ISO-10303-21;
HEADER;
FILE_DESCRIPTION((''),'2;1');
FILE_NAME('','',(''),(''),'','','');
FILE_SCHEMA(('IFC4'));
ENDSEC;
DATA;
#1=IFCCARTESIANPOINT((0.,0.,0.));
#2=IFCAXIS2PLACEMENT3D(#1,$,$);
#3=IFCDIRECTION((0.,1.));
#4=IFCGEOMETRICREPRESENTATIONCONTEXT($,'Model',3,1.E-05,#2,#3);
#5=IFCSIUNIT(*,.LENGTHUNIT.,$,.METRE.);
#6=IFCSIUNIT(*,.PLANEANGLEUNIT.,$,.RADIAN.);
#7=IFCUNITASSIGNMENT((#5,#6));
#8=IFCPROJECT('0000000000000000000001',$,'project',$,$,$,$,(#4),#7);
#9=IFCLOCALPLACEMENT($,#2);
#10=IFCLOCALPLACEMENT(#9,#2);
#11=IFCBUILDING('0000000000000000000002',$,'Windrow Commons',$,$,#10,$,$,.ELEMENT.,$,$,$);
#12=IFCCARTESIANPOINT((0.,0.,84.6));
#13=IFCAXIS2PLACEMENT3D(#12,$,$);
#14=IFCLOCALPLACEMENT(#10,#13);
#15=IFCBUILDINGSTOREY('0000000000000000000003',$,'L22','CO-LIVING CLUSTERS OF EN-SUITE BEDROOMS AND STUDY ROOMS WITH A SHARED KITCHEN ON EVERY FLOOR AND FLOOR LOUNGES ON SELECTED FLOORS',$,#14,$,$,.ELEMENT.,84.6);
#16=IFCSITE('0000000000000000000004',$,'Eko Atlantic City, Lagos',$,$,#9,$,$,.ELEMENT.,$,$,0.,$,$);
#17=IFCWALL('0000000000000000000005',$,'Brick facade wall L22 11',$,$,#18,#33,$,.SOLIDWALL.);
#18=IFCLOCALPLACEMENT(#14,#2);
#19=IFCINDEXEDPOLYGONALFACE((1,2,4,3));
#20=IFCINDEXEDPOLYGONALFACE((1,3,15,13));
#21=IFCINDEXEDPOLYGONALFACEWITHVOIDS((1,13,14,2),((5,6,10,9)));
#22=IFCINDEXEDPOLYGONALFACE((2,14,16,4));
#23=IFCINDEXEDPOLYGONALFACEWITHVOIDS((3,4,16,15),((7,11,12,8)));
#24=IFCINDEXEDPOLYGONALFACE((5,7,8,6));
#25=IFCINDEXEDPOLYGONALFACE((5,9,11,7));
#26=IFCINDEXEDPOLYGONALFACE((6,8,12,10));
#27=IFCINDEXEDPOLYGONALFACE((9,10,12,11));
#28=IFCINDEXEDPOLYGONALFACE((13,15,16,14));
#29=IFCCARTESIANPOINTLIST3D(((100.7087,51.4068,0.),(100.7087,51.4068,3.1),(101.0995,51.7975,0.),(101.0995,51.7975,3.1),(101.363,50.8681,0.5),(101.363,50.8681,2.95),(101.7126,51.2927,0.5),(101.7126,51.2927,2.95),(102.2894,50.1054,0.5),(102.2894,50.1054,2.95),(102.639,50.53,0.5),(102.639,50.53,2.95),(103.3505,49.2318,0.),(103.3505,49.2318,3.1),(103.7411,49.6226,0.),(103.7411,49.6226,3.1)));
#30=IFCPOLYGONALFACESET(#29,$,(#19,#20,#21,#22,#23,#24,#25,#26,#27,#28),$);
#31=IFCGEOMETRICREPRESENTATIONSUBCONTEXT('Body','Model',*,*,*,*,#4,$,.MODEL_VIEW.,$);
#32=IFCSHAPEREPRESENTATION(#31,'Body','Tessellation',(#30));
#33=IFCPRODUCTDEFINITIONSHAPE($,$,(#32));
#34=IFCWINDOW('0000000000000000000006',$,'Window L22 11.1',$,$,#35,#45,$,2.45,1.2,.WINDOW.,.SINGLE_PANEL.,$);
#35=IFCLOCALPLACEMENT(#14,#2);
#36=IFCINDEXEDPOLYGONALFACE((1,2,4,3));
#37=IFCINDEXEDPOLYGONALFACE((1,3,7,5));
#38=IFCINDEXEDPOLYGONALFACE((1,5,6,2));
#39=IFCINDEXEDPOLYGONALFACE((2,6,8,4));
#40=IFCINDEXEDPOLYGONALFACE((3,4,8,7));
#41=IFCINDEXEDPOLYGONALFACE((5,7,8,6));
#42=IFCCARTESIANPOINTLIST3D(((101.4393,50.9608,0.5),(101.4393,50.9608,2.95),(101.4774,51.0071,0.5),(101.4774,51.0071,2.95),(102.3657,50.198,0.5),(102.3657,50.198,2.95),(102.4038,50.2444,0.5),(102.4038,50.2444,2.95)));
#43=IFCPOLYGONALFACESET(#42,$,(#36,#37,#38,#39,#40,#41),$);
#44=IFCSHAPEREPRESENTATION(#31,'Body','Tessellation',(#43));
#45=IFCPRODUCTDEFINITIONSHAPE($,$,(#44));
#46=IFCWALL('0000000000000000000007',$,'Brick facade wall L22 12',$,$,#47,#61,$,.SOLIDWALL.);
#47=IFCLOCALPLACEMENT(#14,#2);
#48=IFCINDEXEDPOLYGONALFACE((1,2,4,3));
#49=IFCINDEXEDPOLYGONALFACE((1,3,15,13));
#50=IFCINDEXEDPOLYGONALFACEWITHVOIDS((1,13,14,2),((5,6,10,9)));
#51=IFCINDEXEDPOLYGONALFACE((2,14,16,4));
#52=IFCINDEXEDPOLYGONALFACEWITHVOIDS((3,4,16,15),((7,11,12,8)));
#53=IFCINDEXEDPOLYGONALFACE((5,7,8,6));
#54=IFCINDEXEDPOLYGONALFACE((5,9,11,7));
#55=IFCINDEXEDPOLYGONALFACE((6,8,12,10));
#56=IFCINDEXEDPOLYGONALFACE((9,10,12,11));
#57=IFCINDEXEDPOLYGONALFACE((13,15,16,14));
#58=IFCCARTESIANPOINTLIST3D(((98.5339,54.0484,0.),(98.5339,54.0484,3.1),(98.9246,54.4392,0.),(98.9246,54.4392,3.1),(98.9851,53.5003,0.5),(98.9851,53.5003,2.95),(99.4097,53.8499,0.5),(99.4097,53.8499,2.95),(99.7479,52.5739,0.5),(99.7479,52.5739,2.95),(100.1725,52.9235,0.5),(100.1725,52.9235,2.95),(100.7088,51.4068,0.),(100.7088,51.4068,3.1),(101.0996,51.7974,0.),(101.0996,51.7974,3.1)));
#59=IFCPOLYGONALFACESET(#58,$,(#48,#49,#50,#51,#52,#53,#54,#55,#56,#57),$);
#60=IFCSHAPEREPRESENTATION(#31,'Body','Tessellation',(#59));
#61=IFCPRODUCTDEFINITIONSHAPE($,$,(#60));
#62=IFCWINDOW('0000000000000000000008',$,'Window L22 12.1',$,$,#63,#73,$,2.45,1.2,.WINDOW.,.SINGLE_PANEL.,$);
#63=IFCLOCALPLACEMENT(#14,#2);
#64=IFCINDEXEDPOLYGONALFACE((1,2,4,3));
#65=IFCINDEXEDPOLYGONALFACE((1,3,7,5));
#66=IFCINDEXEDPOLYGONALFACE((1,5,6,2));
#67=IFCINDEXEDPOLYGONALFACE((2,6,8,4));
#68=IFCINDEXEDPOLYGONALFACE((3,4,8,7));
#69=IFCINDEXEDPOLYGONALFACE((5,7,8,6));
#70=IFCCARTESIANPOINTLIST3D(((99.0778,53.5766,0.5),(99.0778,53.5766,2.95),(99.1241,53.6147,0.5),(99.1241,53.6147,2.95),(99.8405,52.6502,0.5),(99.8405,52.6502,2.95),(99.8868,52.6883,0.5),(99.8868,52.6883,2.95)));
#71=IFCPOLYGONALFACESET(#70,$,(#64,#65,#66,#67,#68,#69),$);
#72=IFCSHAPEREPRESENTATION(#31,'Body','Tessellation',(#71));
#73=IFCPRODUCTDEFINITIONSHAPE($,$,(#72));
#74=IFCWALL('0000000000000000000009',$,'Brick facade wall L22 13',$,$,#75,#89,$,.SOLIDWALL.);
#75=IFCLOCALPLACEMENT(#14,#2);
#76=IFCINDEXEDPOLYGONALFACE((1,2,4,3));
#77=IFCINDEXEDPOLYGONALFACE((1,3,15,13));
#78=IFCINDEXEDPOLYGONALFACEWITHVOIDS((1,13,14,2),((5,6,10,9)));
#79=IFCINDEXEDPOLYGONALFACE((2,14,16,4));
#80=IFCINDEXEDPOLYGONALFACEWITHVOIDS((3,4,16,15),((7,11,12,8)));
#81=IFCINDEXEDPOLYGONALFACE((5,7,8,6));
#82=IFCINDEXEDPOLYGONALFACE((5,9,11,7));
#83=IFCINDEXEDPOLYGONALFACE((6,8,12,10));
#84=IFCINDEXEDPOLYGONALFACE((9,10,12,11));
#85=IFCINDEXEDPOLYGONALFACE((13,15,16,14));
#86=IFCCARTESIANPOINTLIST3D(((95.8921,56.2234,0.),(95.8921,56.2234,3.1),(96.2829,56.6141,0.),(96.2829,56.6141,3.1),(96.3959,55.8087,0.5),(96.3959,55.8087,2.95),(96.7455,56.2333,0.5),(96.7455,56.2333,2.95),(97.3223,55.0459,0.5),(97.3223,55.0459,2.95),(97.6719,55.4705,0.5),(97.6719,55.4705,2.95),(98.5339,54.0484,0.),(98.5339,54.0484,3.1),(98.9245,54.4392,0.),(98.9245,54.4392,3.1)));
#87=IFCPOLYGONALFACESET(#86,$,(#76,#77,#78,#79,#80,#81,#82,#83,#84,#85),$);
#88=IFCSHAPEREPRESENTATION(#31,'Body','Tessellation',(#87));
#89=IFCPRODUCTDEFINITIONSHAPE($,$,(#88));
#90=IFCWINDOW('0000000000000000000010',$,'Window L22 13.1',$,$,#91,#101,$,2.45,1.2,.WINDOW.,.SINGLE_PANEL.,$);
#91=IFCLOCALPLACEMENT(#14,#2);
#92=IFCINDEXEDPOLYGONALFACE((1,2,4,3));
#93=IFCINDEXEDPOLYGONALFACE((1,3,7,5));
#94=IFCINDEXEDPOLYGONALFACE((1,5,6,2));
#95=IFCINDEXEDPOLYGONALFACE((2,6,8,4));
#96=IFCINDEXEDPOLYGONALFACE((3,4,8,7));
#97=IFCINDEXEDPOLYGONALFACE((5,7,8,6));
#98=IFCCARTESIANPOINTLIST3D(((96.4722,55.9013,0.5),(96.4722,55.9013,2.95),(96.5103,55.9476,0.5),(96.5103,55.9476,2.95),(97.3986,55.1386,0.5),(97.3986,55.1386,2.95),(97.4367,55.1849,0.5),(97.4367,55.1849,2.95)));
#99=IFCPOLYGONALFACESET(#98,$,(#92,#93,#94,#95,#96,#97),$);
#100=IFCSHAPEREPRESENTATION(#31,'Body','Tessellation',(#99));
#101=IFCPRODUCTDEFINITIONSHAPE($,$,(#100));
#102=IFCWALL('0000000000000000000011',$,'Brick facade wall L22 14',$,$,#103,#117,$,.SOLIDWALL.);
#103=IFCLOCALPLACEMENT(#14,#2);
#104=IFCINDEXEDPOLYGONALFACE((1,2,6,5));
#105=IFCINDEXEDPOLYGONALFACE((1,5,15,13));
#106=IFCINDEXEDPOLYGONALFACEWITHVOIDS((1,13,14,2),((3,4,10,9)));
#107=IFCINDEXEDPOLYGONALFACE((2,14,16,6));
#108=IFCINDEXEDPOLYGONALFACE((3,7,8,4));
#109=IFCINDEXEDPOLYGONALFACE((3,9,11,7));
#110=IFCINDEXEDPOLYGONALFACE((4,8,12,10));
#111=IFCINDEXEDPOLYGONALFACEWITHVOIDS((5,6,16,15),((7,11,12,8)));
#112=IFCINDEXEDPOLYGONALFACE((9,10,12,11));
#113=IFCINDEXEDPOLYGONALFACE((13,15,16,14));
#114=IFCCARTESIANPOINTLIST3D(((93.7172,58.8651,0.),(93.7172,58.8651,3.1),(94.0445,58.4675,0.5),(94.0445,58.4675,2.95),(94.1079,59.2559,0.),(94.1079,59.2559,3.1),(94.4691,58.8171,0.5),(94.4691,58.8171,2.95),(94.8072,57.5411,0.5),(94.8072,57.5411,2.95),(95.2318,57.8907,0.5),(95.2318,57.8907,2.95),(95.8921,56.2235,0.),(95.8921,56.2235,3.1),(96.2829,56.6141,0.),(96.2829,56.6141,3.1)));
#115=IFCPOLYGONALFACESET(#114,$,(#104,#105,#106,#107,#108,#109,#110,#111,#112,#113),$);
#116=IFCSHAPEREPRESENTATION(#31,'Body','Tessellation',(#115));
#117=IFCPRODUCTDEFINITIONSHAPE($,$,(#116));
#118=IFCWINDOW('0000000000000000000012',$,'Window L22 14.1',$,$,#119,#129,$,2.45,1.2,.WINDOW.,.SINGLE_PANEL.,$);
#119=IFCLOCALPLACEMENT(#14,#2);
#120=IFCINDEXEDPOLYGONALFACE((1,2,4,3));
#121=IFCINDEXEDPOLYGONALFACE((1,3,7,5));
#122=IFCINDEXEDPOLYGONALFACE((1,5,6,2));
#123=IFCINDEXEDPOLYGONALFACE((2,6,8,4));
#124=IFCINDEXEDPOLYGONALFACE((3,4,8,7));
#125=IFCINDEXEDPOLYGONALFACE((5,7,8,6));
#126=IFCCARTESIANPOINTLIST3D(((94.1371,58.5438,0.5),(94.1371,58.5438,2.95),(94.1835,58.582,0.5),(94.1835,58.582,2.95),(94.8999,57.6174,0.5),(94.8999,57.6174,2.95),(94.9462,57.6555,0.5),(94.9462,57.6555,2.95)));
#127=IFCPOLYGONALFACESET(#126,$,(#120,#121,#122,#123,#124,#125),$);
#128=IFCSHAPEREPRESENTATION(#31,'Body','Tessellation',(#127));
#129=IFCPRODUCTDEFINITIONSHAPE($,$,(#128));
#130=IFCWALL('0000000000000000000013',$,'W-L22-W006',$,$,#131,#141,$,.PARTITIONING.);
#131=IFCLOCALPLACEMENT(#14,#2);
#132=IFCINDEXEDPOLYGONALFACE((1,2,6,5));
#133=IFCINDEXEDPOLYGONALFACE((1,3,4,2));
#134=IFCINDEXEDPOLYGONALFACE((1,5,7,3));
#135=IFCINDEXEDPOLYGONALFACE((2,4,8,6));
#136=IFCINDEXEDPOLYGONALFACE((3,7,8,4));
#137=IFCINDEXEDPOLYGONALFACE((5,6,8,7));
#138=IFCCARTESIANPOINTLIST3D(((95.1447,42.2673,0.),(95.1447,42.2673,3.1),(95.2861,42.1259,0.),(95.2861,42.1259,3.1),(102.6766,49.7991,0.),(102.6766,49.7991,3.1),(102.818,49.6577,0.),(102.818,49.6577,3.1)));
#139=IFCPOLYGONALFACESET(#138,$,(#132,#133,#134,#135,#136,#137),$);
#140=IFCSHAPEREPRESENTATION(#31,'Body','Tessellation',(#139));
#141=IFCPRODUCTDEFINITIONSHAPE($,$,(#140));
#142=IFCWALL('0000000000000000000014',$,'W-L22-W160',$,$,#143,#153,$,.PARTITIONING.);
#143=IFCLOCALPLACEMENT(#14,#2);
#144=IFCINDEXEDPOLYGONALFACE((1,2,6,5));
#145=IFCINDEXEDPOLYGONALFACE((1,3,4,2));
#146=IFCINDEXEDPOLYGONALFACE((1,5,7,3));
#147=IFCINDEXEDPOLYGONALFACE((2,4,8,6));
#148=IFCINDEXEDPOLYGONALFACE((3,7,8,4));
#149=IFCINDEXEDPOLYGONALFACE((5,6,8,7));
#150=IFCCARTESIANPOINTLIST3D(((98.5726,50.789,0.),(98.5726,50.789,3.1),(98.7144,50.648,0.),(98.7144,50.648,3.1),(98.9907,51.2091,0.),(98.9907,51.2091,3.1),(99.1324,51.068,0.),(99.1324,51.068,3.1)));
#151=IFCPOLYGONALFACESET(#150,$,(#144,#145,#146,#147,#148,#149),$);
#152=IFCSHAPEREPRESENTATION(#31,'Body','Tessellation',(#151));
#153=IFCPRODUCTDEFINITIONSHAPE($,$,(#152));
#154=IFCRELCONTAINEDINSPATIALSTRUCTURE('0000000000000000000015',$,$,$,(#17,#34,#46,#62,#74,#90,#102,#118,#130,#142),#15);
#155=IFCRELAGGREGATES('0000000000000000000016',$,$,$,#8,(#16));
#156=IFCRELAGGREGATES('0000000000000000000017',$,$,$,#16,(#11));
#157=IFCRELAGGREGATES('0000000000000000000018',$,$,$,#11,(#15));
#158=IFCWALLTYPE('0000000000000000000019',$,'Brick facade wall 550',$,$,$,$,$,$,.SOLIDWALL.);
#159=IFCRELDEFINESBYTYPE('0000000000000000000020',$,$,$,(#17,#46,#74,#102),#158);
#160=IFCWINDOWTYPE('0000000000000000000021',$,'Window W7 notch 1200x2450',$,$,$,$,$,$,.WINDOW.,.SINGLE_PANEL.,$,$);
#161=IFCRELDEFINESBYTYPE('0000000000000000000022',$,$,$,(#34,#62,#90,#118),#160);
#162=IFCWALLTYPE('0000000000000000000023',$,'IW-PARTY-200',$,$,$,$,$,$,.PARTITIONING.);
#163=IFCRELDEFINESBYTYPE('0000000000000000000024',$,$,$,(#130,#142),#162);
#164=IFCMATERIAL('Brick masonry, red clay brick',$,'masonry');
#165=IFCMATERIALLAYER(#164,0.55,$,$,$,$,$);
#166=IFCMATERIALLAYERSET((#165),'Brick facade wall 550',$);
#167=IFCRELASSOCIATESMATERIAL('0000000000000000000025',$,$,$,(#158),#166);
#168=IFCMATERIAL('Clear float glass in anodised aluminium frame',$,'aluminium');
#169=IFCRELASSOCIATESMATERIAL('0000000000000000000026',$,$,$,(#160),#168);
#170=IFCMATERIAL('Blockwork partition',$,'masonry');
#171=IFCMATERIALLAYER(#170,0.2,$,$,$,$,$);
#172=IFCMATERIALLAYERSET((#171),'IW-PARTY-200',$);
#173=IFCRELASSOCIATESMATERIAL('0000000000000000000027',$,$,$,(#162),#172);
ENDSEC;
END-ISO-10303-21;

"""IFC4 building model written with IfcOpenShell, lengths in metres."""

from ifc_helpers import new_model, si_unit, direction, frame, frame_2d, origin, place, context, subcontext, project, spatial, polyline, rectangle, outline, extrude, material, layer, layer_set, type_object, element, fill, save


model = new_model("IFC4")

# Units and contexts
model_context = context("Model", 3, precision=1e-05, world=origin(), true_north=direction((0.0, 1.0)))
body_context = subcontext(model_context, "Body", "Model", "MODEL_VIEW")
ifc_project = project(units=[si_unit("LENGTHUNIT", "METRE"), si_unit("PLANEANGLEUNIT", "RADIAN")], contexts=[model_context])

# Site, building, storey
site_placement = place(None, origin())
site = spatial("IfcSite", under=ifc_project, at=site_placement, Name="Eko Atlantic City, Lagos", CompositionType="ELEMENT", RefElevation=0.0)
building_placement = place(site_placement, origin())
building = spatial("IfcBuilding", under=site, at=building_placement, Name="Windrow Commons", CompositionType="ELEMENT")
storey_placement = place(building_placement, frame((0.0, 0.0, 84.6)))
storey = spatial("IfcBuildingStorey", under=building, at=storey_placement, Name="L22", Description="CO-LIVING CLUSTERS OF EN-SUITE BEDROOMS AND STUDY ROOMS WITH A SHARED KITCHEN ON EVERY FLOOR AND FLOOR LOUNGES ON SELECTED FLOORS", CompositionType="ELEMENT", Elevation=84.6)

# Walls, openings, windows
ifc_material_1 = material(Name="Brick masonry, red clay brick", Category="masonry")
ifc_layer_1 = layer(ifc_material_1, 0.55)
ifc_layer_set_1 = layer_set([ifc_layer_1], Name="Brick facade wall 550")
wall_type_1 = type_object("IfcWallType", Name="Brick facade wall 550", PredefinedType="SOLIDWALL", material=ifc_layer_set_1)
ifc_material_2 = material(Name="Clear float glass in anodised aluminium frame", Category="aluminium")
window_type = type_object("IfcWindowType", Name="Window W7 notch 1200x2450", PartitioningType="SINGLE_PANEL", PredefinedType="WINDOW", material=ifc_material_2)
wall_1_placement = place(storey_placement, frame((103.5458, 49.4272, 0.0), z_axis=(0.0, 0.0, 1.0), x_axis=(-0.772007, 0.635614, 0.0)))
wall_1 = element("IfcWall", 1, at=wall_1_placement, inside=storey, type_object=wall_type_1, Name="Brick facade wall L22 11", PredefinedType="SOLIDWALL", context=body_context, shape_type="SweptSolid", body=[
    extrude(outline(polyline([(-0.0266, -0.275), (3.3952, -0.275), (3.4485, 0.275), (0.0266, 0.275), (-0.0266, -0.275)])), origin(), (0.0, 0.0, 1.0), 3.1),
])
opening_1_placement = place(wall_1_placement, frame((1.401, 0.0, 0.5)))
opening_1 = element("IfcOpeningElement", 2, at=opening_1_placement, cuts=wall_1, PredefinedType="OPENING", context=body_context, shape_type="SweptSolid", body=[
    extrude(rectangle(XDim=1.2, YDim=2.45, at=frame_2d((0.6, 1.225))), frame((0.0, 0.285, 0.0), z_axis=(0.0, -1.0, 0.0), x_axis=(1.0, 0.0, 0.0)), (0.0, 0.0, 1.0), 0.57),
])
window_1_placement = place(opening_1_placement, origin())
window_1 = element("IfcWindow", 3, at=window_1_placement, inside=storey, type_object=window_type, Name="Window L22 11.1", OverallHeight=2.45, OverallWidth=1.2, PartitioningType="SINGLE_PANEL", PredefinedType="WINDOW", context=body_context, shape_type="SweptSolid", body=[
    extrude(rectangle(XDim=1.2, YDim=2.45, at=frame_2d((0.6, 1.225))), frame((0.0, 0.155, 0.0), z_axis=(0.0, -1.0, 0.0), x_axis=(1.0, 0.0, 0.0)), (0.0, 0.0, 1.0), 0.06),
])
fill(opening_1, window_1)
wall_2_placement = place(storey_placement, frame((100.9042, 51.6021, 0.0), z_axis=(0.0, 0.0, 1.0), x_axis=(-0.635617, 0.772004, 0.0)))
wall_2 = element("IfcWall", 4, at=wall_2_placement, inside=storey, type_object=wall_type_1, Name="Brick facade wall L22 12", PredefinedType="SOLIDWALL", context=body_context, shape_type="SweptSolid", body=[
    extrude(outline(polyline([(0.0266, -0.275), (3.4485, -0.275), (3.3952, 0.275), (-0.0266, 0.275), (0.0266, -0.275)])), origin(), (0.0, 0.0, 1.0), 3.1),
])
opening_2_placement = place(wall_2_placement, frame((1.4852, 0.0, 0.5)))
opening_2 = element("IfcOpeningElement", 5, at=opening_2_placement, cuts=wall_2, PredefinedType="OPENING", context=body_context, shape_type="SweptSolid", body=[
    extrude(rectangle(XDim=1.2, YDim=2.45, at=frame_2d((0.6, 1.225))), frame((0.0, 0.285, 0.0), z_axis=(0.0, -1.0, 0.0), x_axis=(1.0, 0.0, 0.0)), (0.0, 0.0, 1.0), 0.57),
])
window_2_placement = place(opening_2_placement, origin())
window_2 = element("IfcWindow", 6, at=window_2_placement, inside=storey, type_object=window_type, Name="Window L22 12.1", OverallHeight=2.45, OverallWidth=1.2, PartitioningType="SINGLE_PANEL", PredefinedType="WINDOW", context=body_context, shape_type="SweptSolid", body=[
    extrude(rectangle(XDim=1.2, YDim=2.45, at=frame_2d((0.6, 1.225))), frame((0.0, 0.155, 0.0), z_axis=(0.0, -1.0, 0.0), x_axis=(1.0, 0.0, 0.0)), (0.0, 0.0, 1.0), 0.06),
])
fill(opening_2, window_2)
wall_3_placement = place(storey_placement, frame((98.7292, 54.2438, 0.0), z_axis=(0.0, 0.0, 1.0), x_axis=(-0.772004, 0.635617, 0.0)))
wall_3 = element("IfcWall", 7, at=wall_3_placement, inside=storey, type_object=wall_type_1, Name="Brick facade wall L22 13", PredefinedType="SOLIDWALL", context=body_context, shape_type="SweptSolid", body=[
    extrude(outline(polyline([(-0.0266, -0.275), (3.3952, -0.275), (3.4485, 0.275), (0.0266, 0.275), (-0.0266, -0.275)])), origin(), (0.0, 0.0, 1.0), 3.1),
])
opening_3_placement = place(wall_3_placement, frame((1.596, 0.0, 0.5)))
opening_3 = element("IfcOpeningElement", 8, at=opening_3_placement, cuts=wall_3, PredefinedType="OPENING", context=body_context, shape_type="SweptSolid", body=[
    extrude(rectangle(XDim=1.2, YDim=2.45, at=frame_2d((0.6, 1.225))), frame((0.0, 0.285, 0.0), z_axis=(0.0, -1.0, 0.0), x_axis=(1.0, 0.0, 0.0)), (0.0, 0.0, 1.0), 0.57),
])
window_3_placement = place(opening_3_placement, origin())
window_3 = element("IfcWindow", 9, at=window_3_placement, inside=storey, type_object=window_type, Name="Window L22 13.1", OverallHeight=2.45, OverallWidth=1.2, PartitioningType="SINGLE_PANEL", PredefinedType="WINDOW", context=body_context, shape_type="SweptSolid", body=[
    extrude(rectangle(XDim=1.2, YDim=2.45, at=frame_2d((0.6, 1.225))), frame((0.0, 0.155, 0.0), z_axis=(0.0, -1.0, 0.0), x_axis=(1.0, 0.0, 0.0)), (0.0, 0.0, 1.0), 0.06),
])
fill(opening_3, window_3)
wall_4_placement = place(storey_placement, frame((96.0875, 56.4188, 0.0), z_axis=(0.0, 0.0, 1.0), x_axis=(-0.635614, 0.772007, 0.0)))
wall_4 = element("IfcWall", 10, at=wall_4_placement, inside=storey, type_object=wall_type_1, Name="Brick facade wall L22 14", PredefinedType="SOLIDWALL", context=body_context, shape_type="SweptSolid", body=[
    extrude(outline(polyline([(0.0266, -0.275), (3.4485, -0.275), (3.3952, 0.275), (-0.0266, 0.275), (0.0266, -0.275)])), origin(), (0.0, 0.0, 1.0), 3.1),
])
opening_4_placement = place(wall_4_placement, frame((1.6802, 0.0, 0.5)))
opening_4 = element("IfcOpeningElement", 11, at=opening_4_placement, cuts=wall_4, PredefinedType="OPENING", context=body_context, shape_type="SweptSolid", body=[
    extrude(rectangle(XDim=1.2, YDim=2.45, at=frame_2d((0.6, 1.225))), frame((0.0, 0.285, 0.0), z_axis=(0.0, -1.0, 0.0), x_axis=(1.0, 0.0, 0.0)), (0.0, 0.0, 1.0), 0.57),
])
window_4_placement = place(opening_4_placement, origin())
window_4 = element("IfcWindow", 12, at=window_4_placement, inside=storey, type_object=window_type, Name="Window L22 14.1", OverallHeight=2.45, OverallWidth=1.2, PartitioningType="SINGLE_PANEL", PredefinedType="WINDOW", context=body_context, shape_type="SweptSolid", body=[
    extrude(rectangle(XDim=1.2, YDim=2.45, at=frame_2d((0.6, 1.225))), frame((0.0, 0.155, 0.0), z_axis=(0.0, -1.0, 0.0), x_axis=(1.0, 0.0, 0.0)), (0.0, 0.0, 1.0), 0.06),
])
fill(opening_4, window_4)

# Walls
ifc_material_3 = material(Name="Blockwork partition", Category="masonry")
ifc_layer_2 = layer(ifc_material_3, 0.2)
ifc_layer_set_2 = layer_set([ifc_layer_2], Name="IW-PARTY-200")
wall_type_2 = type_object("IfcWallType", Name="IW-PARTY-200", PredefinedType="PARTITIONING", material=ifc_layer_set_2)
wall_5_placement = place(storey_placement, frame((95.2154, 42.1966, 0.0), z_axis=(0.0, 0.0, 1.0), x_axis=(0.707111, 0.707102, 0.0)))
element("IfcWall", 13, at=wall_5_placement, inside=storey, type_object=wall_type_2, Name="W-L22-W006", PredefinedType="PARTITIONING", context=body_context, shape_type="SweptSolid", body=[
    extrude(rectangle(XDim=10.6516, YDim=0.2, at=frame_2d((5.3258, 0.0))), origin(), (0.0, 0.0, 1.0), 3.1),
])
wall_6_placement = place(storey_placement, frame((98.6435, 50.7185, 0.0), z_axis=(0.0, 0.0, 1.0), x_axis=(0.705417, 0.708792, 0.0)))
element("IfcWall", 14, at=wall_6_placement, inside=storey, type_object=wall_type_2, Name="W-L22-W160", PredefinedType="PARTITIONING", context=body_context, shape_type="SweptSolid", body=[
    extrude(rectangle(XDim=0.5926, YDim=0.2, at=frame_2d((0.2963, 0.0))), origin(), (0.0, 0.0, 1.0), 3.1),
])

save(model, "model.ifc")
